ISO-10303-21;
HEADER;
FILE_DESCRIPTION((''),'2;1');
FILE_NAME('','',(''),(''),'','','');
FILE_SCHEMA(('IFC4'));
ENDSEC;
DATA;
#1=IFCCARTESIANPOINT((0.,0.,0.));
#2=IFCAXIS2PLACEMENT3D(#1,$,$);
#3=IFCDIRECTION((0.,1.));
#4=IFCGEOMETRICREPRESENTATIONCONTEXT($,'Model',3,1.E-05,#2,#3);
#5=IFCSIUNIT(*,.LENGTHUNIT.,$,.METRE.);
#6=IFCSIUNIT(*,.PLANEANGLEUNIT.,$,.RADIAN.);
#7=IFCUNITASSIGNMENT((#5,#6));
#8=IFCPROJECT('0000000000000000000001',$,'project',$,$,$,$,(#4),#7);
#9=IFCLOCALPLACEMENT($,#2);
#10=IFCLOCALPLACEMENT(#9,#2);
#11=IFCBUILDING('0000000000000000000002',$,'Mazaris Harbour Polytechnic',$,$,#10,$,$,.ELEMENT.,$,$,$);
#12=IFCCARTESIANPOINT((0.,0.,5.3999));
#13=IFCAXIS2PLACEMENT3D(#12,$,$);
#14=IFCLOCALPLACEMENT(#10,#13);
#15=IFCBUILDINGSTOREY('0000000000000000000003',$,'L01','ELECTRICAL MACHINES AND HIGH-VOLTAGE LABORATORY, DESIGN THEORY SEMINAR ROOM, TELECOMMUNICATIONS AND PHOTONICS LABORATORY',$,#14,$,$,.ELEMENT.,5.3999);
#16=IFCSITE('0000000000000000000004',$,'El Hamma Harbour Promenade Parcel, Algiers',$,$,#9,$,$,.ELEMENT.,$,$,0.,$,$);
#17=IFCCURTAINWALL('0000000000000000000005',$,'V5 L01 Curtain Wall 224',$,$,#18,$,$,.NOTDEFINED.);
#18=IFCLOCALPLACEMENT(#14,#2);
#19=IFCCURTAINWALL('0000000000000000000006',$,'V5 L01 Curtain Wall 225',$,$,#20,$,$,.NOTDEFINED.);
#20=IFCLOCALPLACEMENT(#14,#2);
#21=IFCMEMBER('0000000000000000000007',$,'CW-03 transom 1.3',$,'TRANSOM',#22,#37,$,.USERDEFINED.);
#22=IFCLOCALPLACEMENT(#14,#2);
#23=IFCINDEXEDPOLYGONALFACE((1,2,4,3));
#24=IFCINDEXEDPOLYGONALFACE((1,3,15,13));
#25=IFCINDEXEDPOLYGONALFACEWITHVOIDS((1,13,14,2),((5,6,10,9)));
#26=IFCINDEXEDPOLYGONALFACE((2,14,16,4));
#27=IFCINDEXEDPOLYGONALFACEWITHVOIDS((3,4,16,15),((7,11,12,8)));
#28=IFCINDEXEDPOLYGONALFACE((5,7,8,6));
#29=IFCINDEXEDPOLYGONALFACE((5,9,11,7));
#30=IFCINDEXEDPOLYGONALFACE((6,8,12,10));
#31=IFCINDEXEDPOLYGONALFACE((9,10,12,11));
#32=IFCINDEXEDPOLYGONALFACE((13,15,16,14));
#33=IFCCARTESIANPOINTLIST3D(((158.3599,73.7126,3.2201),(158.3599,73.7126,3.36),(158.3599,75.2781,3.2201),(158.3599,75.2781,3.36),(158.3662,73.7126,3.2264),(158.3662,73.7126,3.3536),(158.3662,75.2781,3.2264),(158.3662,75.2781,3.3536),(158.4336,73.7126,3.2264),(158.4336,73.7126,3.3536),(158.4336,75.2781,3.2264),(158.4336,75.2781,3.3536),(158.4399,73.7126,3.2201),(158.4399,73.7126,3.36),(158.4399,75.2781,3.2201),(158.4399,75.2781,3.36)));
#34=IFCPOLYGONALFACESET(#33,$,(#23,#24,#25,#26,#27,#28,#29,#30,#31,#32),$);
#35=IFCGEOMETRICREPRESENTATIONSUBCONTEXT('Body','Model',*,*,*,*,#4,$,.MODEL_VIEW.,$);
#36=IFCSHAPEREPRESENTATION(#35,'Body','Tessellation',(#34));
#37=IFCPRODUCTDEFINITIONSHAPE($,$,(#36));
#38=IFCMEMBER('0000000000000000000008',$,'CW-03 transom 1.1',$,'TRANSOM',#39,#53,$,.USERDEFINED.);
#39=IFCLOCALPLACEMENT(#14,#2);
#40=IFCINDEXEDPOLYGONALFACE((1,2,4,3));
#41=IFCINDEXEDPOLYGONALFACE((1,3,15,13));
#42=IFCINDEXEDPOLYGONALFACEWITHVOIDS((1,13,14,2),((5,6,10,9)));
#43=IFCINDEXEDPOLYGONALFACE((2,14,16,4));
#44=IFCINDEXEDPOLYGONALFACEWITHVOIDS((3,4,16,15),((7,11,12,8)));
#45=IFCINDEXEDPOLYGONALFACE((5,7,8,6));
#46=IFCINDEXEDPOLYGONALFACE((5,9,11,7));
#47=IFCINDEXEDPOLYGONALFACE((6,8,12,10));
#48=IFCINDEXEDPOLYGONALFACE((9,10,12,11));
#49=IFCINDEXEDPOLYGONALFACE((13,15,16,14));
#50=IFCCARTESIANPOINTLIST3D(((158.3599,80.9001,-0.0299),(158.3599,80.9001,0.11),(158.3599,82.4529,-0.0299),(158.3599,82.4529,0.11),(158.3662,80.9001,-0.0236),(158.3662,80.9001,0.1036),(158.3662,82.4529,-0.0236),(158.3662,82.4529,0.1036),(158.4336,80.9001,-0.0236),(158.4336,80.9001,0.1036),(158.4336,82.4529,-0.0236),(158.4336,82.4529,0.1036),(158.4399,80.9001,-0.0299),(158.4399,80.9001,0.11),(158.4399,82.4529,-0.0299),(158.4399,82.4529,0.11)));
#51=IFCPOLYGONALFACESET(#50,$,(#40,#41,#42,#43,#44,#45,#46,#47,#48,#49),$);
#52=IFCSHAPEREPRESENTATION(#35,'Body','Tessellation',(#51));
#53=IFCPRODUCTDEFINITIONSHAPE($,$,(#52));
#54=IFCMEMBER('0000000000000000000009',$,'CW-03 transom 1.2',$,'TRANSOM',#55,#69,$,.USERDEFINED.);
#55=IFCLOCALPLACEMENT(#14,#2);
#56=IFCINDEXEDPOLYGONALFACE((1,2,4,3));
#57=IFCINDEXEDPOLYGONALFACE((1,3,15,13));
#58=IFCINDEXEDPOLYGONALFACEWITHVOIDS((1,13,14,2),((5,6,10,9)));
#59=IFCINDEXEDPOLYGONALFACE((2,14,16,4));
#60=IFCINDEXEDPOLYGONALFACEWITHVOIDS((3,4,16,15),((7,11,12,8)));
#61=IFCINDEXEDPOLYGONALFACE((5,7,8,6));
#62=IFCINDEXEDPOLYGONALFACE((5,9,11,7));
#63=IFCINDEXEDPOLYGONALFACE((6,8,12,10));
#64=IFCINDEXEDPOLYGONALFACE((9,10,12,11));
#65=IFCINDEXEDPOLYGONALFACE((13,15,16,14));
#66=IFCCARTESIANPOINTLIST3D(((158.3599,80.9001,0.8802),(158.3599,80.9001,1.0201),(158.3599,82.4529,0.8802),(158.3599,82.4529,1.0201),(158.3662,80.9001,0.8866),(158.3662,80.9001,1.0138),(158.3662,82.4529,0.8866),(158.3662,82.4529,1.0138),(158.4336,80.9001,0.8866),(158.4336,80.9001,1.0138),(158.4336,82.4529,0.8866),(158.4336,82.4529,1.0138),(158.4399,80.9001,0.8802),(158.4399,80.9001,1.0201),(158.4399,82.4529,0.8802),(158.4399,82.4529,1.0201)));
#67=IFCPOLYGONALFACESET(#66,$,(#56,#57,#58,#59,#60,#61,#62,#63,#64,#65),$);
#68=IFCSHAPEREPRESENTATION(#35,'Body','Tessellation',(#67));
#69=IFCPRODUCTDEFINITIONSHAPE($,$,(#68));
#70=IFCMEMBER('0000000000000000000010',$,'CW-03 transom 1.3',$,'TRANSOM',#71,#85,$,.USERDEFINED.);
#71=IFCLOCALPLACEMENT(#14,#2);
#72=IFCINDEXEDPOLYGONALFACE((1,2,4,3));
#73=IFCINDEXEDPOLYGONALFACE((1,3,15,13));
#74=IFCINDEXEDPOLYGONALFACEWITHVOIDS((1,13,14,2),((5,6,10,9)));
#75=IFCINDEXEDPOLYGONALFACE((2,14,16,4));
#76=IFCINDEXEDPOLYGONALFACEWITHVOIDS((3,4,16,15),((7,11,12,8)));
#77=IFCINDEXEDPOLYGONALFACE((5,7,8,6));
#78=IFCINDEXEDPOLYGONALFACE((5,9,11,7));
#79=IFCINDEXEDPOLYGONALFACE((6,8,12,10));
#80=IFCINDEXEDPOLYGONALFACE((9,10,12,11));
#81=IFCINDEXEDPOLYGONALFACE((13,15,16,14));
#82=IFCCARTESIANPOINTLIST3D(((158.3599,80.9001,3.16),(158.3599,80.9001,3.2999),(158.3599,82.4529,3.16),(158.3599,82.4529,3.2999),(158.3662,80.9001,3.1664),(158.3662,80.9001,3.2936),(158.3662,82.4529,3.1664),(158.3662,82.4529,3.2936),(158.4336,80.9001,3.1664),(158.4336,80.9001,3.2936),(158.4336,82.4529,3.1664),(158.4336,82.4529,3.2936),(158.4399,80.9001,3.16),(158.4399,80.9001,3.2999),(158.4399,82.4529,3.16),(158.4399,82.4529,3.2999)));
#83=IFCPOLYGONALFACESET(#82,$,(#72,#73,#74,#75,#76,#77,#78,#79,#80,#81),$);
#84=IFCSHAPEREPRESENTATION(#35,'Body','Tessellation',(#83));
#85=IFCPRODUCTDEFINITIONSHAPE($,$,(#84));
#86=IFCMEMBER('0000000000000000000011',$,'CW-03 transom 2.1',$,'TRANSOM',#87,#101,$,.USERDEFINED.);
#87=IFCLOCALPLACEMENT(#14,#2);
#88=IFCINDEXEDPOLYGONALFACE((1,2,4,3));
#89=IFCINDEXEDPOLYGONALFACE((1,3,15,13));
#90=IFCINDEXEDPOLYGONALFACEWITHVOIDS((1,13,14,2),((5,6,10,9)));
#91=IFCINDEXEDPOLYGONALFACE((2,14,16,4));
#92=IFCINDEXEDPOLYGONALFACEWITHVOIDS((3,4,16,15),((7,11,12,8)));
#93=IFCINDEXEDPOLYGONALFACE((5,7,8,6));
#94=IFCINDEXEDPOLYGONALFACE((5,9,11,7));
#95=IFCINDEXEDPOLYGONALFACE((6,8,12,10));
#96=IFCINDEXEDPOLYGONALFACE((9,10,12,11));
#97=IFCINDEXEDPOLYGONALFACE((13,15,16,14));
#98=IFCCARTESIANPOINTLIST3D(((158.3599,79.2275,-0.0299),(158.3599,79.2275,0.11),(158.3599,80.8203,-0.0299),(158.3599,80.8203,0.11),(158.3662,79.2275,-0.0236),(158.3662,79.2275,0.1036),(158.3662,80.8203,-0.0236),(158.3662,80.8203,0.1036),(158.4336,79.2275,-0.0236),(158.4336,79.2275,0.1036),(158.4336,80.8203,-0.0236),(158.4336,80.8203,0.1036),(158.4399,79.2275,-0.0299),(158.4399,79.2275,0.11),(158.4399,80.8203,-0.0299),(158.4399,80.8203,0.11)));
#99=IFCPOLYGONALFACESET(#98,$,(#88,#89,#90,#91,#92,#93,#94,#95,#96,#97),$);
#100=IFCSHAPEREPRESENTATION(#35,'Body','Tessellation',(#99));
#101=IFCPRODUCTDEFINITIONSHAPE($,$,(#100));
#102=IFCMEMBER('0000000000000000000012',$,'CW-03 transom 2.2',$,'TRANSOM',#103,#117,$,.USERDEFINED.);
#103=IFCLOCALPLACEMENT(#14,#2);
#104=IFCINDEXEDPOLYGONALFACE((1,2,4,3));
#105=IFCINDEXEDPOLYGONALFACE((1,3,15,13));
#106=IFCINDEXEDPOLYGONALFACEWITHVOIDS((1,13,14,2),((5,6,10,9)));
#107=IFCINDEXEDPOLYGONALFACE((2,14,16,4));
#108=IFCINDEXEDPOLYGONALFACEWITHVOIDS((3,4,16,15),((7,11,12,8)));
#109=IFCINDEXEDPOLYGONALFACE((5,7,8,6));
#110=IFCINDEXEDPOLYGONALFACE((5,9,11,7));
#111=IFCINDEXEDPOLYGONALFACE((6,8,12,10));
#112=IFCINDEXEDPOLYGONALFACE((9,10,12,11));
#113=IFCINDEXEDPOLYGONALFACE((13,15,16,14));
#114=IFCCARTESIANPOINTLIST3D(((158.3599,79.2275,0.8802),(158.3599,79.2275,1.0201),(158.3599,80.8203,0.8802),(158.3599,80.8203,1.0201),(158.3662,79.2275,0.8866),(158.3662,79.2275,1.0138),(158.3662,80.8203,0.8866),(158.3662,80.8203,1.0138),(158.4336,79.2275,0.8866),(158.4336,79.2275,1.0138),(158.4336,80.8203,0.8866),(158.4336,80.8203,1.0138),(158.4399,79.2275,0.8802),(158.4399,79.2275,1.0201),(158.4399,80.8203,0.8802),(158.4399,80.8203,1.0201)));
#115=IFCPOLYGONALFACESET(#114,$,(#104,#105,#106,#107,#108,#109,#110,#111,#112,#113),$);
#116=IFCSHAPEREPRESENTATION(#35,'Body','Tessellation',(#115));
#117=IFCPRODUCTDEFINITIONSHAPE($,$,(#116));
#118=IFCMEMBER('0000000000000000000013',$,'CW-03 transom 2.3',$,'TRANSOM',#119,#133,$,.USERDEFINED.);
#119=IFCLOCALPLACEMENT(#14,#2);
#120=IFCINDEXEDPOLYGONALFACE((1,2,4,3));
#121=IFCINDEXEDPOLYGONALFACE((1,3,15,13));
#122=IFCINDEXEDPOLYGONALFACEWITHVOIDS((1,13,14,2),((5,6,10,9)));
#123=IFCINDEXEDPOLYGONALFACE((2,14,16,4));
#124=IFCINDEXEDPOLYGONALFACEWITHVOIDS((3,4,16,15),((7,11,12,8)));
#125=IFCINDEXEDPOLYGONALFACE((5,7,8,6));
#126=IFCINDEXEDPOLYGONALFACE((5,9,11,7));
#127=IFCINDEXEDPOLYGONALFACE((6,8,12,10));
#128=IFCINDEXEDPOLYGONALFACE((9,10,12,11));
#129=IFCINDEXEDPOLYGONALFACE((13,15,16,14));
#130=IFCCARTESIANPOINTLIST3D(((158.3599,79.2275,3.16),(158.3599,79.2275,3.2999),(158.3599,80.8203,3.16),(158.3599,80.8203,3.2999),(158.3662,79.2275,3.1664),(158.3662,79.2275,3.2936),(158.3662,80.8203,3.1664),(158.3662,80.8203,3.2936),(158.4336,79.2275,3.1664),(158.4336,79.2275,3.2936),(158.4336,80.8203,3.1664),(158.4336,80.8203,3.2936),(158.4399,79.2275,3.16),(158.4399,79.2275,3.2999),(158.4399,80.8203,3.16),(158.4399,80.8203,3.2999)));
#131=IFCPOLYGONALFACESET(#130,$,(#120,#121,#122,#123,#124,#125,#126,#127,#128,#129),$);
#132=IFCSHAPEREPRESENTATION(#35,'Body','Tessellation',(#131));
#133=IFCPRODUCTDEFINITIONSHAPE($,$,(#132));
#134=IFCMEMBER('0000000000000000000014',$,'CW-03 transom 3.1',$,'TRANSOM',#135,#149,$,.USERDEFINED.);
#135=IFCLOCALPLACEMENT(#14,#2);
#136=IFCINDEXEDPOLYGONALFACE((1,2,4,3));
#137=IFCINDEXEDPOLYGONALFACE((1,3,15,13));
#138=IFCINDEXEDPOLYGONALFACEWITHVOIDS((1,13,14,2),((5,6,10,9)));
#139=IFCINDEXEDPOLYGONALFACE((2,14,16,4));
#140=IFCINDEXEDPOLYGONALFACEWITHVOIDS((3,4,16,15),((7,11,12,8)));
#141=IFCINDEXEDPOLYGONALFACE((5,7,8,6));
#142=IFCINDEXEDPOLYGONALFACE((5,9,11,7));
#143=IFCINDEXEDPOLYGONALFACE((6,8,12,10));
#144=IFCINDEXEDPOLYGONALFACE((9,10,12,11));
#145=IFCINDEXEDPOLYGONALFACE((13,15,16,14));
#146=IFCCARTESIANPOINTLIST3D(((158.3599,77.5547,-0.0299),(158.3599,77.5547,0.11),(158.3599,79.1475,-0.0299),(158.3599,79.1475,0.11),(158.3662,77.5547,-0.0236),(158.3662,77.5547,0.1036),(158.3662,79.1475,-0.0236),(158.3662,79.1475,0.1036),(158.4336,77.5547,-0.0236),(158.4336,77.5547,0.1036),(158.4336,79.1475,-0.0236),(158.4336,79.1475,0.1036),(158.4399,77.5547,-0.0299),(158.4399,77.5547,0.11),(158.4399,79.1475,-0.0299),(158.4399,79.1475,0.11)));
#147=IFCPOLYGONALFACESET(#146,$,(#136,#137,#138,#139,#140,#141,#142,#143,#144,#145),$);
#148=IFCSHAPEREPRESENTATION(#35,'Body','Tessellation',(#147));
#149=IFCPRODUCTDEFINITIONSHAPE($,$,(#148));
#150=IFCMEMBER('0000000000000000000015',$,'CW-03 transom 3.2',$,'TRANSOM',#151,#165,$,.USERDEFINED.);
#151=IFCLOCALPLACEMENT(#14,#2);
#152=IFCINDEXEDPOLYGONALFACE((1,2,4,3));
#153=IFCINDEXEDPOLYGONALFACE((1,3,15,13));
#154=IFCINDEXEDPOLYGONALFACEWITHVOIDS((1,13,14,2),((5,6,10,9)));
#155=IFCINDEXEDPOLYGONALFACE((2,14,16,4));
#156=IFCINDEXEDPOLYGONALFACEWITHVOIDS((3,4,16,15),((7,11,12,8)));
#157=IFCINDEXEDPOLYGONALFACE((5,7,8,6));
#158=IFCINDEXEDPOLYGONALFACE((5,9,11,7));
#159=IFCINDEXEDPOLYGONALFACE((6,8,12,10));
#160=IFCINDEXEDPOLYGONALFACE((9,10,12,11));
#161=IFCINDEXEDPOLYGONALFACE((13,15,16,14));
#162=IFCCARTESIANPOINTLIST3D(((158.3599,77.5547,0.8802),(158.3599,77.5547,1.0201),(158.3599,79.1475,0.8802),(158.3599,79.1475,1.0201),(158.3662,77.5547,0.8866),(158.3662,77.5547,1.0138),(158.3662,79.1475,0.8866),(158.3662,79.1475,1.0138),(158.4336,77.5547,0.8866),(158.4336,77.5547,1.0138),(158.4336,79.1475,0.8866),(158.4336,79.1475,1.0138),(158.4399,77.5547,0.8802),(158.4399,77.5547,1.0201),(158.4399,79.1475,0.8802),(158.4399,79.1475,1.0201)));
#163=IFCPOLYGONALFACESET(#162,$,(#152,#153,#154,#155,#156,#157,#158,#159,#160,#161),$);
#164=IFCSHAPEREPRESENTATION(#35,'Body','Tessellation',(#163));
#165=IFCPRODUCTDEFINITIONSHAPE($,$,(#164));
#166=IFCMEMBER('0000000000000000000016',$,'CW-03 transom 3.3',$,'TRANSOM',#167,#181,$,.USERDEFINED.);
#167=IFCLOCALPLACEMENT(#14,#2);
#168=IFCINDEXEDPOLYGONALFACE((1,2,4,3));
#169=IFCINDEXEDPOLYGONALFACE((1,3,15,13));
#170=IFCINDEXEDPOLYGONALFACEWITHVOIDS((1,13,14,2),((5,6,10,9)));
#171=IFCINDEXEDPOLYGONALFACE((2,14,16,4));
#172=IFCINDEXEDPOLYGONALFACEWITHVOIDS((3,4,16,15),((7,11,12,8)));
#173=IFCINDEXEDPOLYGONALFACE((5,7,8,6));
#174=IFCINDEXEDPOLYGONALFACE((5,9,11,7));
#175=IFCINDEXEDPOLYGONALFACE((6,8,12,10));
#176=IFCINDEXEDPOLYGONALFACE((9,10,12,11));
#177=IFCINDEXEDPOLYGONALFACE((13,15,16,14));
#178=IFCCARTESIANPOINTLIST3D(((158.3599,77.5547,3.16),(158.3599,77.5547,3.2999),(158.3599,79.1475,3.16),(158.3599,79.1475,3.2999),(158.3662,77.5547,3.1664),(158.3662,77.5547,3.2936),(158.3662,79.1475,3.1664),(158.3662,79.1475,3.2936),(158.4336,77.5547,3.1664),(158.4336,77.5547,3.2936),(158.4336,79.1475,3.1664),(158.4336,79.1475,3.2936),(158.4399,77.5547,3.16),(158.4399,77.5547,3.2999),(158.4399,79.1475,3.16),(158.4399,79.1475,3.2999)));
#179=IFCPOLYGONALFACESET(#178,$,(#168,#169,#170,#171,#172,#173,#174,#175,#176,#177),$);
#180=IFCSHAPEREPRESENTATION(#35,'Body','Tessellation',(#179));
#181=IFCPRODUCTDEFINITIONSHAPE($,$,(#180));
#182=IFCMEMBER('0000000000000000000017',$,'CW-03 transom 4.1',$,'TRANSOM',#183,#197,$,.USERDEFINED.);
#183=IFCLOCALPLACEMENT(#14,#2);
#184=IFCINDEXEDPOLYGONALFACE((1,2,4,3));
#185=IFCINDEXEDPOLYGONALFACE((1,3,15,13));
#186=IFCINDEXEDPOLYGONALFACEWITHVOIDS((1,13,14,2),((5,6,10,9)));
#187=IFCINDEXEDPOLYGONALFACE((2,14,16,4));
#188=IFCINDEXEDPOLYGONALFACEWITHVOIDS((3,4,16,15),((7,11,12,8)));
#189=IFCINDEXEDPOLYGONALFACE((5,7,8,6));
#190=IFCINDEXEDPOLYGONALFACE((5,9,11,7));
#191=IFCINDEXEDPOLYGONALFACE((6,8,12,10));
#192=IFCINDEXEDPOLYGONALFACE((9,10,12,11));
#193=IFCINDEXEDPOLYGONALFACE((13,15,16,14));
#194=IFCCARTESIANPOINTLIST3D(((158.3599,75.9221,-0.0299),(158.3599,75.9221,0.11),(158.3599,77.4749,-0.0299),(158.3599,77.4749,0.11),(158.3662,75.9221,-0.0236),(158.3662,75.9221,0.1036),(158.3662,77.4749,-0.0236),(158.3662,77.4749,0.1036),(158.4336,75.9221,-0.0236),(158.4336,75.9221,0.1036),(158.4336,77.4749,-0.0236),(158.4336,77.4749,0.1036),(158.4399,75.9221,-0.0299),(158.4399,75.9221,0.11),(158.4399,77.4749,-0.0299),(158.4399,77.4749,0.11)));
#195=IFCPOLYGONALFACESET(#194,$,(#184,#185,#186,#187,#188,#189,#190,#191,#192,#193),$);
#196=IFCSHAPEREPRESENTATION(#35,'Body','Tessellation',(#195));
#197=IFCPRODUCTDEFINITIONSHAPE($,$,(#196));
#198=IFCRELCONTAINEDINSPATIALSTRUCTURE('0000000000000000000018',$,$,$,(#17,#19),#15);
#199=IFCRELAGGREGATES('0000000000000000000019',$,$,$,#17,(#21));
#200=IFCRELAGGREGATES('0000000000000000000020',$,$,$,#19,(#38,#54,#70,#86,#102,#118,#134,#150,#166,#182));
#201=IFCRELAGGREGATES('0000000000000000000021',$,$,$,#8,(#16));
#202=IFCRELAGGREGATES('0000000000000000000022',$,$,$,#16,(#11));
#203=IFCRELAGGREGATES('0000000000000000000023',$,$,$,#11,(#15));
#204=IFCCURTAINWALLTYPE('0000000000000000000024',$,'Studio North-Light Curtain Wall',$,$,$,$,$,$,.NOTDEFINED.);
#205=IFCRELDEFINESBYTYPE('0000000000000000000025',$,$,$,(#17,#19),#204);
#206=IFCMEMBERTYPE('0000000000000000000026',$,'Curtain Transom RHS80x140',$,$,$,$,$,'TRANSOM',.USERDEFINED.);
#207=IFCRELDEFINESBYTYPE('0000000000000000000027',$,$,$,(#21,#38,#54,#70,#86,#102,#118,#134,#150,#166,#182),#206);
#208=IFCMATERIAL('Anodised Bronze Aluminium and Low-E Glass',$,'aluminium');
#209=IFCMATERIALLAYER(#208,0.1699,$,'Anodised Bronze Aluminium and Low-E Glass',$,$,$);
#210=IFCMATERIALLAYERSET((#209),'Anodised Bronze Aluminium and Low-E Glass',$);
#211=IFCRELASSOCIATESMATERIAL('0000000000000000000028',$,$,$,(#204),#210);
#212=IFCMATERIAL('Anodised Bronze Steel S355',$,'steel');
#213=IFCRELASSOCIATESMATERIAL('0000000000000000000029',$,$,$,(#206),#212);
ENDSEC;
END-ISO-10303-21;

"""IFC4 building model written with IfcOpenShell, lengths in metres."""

from ifc_helpers import new_model, si_unit, direction, frame, origin, origin_2d, place, context, subcontext, project, spatial, hollow_rectangle, extrude, material, layer, layer_set, material_profile, profile_set, type_object, element, aggregate, save


model = new_model("IFC4")

# Units and contexts
model_context = context("Model", 3, precision=1e-05, world=origin(), true_north=direction((0.0, 1.0)))
body_context = subcontext(model_context, "Body", "Model", "MODEL_VIEW")
ifc_project = project(units=[si_unit("LENGTHUNIT", "METRE"), si_unit("PLANEANGLEUNIT", "RADIAN")], contexts=[model_context])

# Site, building, storey
site_placement = place(None, origin())
site = spatial("IfcSite", under=ifc_project, at=site_placement, Name="El Hamma Harbour Promenade Parcel, Algiers", CompositionType="ELEMENT", RefElevation=0.0)
building_placement = place(site_placement, origin())
building = spatial("IfcBuilding", under=site, at=building_placement, Name="Mazaris Harbour Polytechnic", CompositionType="ELEMENT")
storey_placement = place(building_placement, frame((0.0, 0.0, 5.3999)))
storey = spatial("IfcBuildingStorey", under=building, at=storey_placement, Name="L01", Description="ELECTRICAL MACHINES AND HIGH-VOLTAGE LABORATORY, DESIGN THEORY SEMINAR ROOM, TELECOMMUNICATIONS AND PHOTONICS LABORATORY", CompositionType="ELEMENT", Elevation=5.3999)

# Curtain wall
ifc_material_1 = material(Name="Anodised Bronze Aluminium and Low-E Glass", Category="aluminium")
ifc_layer_1 = layer(ifc_material_1, 0.1699, Name="Anodised Bronze Aluminium and Low-E Glass")
ifc_layer_set_1 = layer_set([ifc_layer_1], Name="Anodised Bronze Aluminium and Low-E Glass")
curtain_wall_type = type_object("IfcCurtainWallType", Name="Studio North-Light Curtain Wall", PredefinedType="NOTDEFINED", material=ifc_layer_set_1)
curtain_wall_1_placement = place(storey_placement, origin())
curtain_wall_1 = element("IfcCurtainWall", 1, at=curtain_wall_1_placement, inside=storey, type_object=curtain_wall_type, Name="V5 L01 Curtain Wall 224", PredefinedType="NOTDEFINED")

# Curtain wall
curtain_wall_2_placement = place(storey_placement, origin())
curtain_wall_2 = element("IfcCurtainWall", 2, at=curtain_wall_2_placement, inside=storey, type_object=curtain_wall_type, Name="V5 L01 Curtain Wall 225", PredefinedType="NOTDEFINED")

# Members
ifc_material_2 = material(Name="Anodised Bronze Steel S355", Category="steel")
ifc_material_profile_1 = material_profile(ifc_material_2, hollow_rectangle(XDim=0.0801, YDim=0.1399, WallThickness=0.0063, at=origin_2d()), Name="RHS 80x140x6.3")
ifc_profile_set_1 = profile_set([ifc_material_profile_1], Name="Anodised Bronze Steel S355")
member_type_1 = type_object("IfcMemberType", Name="Curtain Transom RHS80x140", ElementType="TRANSOM", PredefinedType="USERDEFINED", material=ifc_profile_set_1)
member_1_placement = place(storey_placement, frame((158.3999, 75.2781, 3.29), z_axis=(0.0, -1.0, 0.0), x_axis=(1.0, 0.0, 0.0)))
member_1 = element("IfcMember", 3, at=member_1_placement, type_object=member_type_1, Name="CW-03 transom 1.3", ObjectType="TRANSOM", PredefinedType="USERDEFINED", context=body_context, shape_type="SweptSolid", body=[
    extrude(hollow_rectangle(XDim=0.0801, YDim=0.1399, WallThickness=0.0063, at=origin_2d()), origin(), (0.0, 0.0, 1.0), 1.5654),
])
member_2_placement = place(storey_placement, frame((158.3999, 82.4529, 0.04), z_axis=(0.0, -1.0, 0.0), x_axis=(1.0, 0.0, 0.0)))
member_2 = element("IfcMember", 4, at=member_2_placement, type_object=member_type_1, Name="CW-03 transom 1.1", ObjectType="TRANSOM", PredefinedType="USERDEFINED", context=body_context, shape_type="SweptSolid", body=[
    extrude(hollow_rectangle(XDim=0.0801, YDim=0.1399, WallThickness=0.0063, at=origin_2d()), origin(), (0.0, 0.0, 1.0), 1.5527),
])
member_3_placement = place(storey_placement, frame((158.3999, 82.4529, 0.9502), z_axis=(0.0, -1.0, 0.0), x_axis=(1.0, 0.0, 0.0)))
member_3 = element("IfcMember", 5, at=member_3_placement, type_object=member_type_1, Name="CW-03 transom 1.2", ObjectType="TRANSOM", PredefinedType="USERDEFINED", context=body_context, shape_type="SweptSolid", body=[
    extrude(hollow_rectangle(XDim=0.0801, YDim=0.1399, WallThickness=0.0063, at=origin_2d()), origin(), (0.0, 0.0, 1.0), 1.5527),
])
member_4_placement = place(storey_placement, frame((158.3999, 82.4529, 3.23), z_axis=(0.0, -1.0, 0.0), x_axis=(1.0, 0.0, 0.0)))
member_4 = element("IfcMember", 6, at=member_4_placement, type_object=member_type_1, Name="CW-03 transom 1.3", ObjectType="TRANSOM", PredefinedType="USERDEFINED", context=body_context, shape_type="SweptSolid", body=[
    extrude(hollow_rectangle(XDim=0.0801, YDim=0.1399, WallThickness=0.0063, at=origin_2d()), origin(), (0.0, 0.0, 1.0), 1.5527),
])
member_5_placement = place(storey_placement, frame((158.3999, 80.8203, 0.04), z_axis=(0.0, -1.0, 0.0), x_axis=(1.0, 0.0, 0.0)))
member_5 = element("IfcMember", 7, at=member_5_placement, type_object=member_type_1, Name="CW-03 transom 2.1", ObjectType="TRANSOM", PredefinedType="USERDEFINED", context=body_context, shape_type="SweptSolid", body=[
    extrude(hollow_rectangle(XDim=0.0801, YDim=0.1399, WallThickness=0.0063, at=origin_2d()), origin(), (0.0, 0.0, 1.0), 1.5928),
])
member_6_placement = place(storey_placement, frame((158.3999, 80.8203, 0.9502), z_axis=(0.0, -1.0, 0.0), x_axis=(1.0, 0.0, 0.0)))
member_6 = element("IfcMember", 8, at=member_6_placement, type_object=member_type_1, Name="CW-03 transom 2.2", ObjectType="TRANSOM", PredefinedType="USERDEFINED", context=body_context, shape_type="SweptSolid", body=[
    extrude(hollow_rectangle(XDim=0.0801, YDim=0.1399, WallThickness=0.0063, at=origin_2d()), origin(), (0.0, 0.0, 1.0), 1.5928),
])
member_7_placement = place(storey_placement, frame((158.3999, 80.8203, 3.23), z_axis=(0.0, -1.0, 0.0), x_axis=(1.0, 0.0, 0.0)))
member_7 = element("IfcMember", 9, at=member_7_placement, type_object=member_type_1, Name="CW-03 transom 2.3", ObjectType="TRANSOM", PredefinedType="USERDEFINED", context=body_context, shape_type="SweptSolid", body=[
    extrude(hollow_rectangle(XDim=0.0801, YDim=0.1399, WallThickness=0.0063, at=origin_2d()), origin(), (0.0, 0.0, 1.0), 1.5928),
])
member_8_placement = place(storey_placement, frame((158.3999, 79.1475, 0.04), z_axis=(0.0, -1.0, 0.0), x_axis=(1.0, 0.0, 0.0)))
member_8 = element("IfcMember", 10, at=member_8_placement, type_object=member_type_1, Name="CW-03 transom 3.1", ObjectType="TRANSOM", PredefinedType="USERDEFINED", context=body_context, shape_type="SweptSolid", body=[
    extrude(hollow_rectangle(XDim=0.0801, YDim=0.1399, WallThickness=0.0063, at=origin_2d()), origin(), (0.0, 0.0, 1.0), 1.5928),
])
member_9_placement = place(storey_placement, frame((158.3999, 79.1475, 0.9502), z_axis=(0.0, -1.0, 0.0), x_axis=(1.0, 0.0, 0.0)))
member_9 = element("IfcMember", 11, at=member_9_placement, type_object=member_type_1, Name="CW-03 transom 3.2", ObjectType="TRANSOM", PredefinedType="USERDEFINED", context=body_context, shape_type="SweptSolid", body=[
    extrude(hollow_rectangle(XDim=0.0801, YDim=0.1399, WallThickness=0.0063, at=origin_2d()), origin(), (0.0, 0.0, 1.0), 1.5928),
])
member_10_placement = place(storey_placement, frame((158.3999, 79.1475, 3.23), z_axis=(0.0, -1.0, 0.0), x_axis=(1.0, 0.0, 0.0)))
member_10 = element("IfcMember", 12, at=member_10_placement, type_object=member_type_1, Name="CW-03 transom 3.3", ObjectType="TRANSOM", PredefinedType="USERDEFINED", context=body_context, shape_type="SweptSolid", body=[
    extrude(hollow_rectangle(XDim=0.0801, YDim=0.1399, WallThickness=0.0063, at=origin_2d()), origin(), (0.0, 0.0, 1.0), 1.5928),
])
member_11_placement = place(storey_placement, frame((158.3999, 77.4749, 0.04), z_axis=(0.0, -1.0, 0.0), x_axis=(1.0, 0.0, 0.0)))
member_11 = element("IfcMember", 13, at=member_11_placement, type_object=member_type_1, Name="CW-03 transom 4.1", ObjectType="TRANSOM", PredefinedType="USERDEFINED", context=body_context, shape_type="SweptSolid", body=[
    extrude(hollow_rectangle(XDim=0.0801, YDim=0.1399, WallThickness=0.0063, at=origin_2d()), origin(), (0.0, 0.0, 1.0), 1.5527),
])

aggregate(curtain_wall_1, [member_1])
aggregate(curtain_wall_2, [member_2, member_3, member_4, member_5, member_6, member_7, member_8, member_9, member_10, member_11])

save(model, "model.ifc")
